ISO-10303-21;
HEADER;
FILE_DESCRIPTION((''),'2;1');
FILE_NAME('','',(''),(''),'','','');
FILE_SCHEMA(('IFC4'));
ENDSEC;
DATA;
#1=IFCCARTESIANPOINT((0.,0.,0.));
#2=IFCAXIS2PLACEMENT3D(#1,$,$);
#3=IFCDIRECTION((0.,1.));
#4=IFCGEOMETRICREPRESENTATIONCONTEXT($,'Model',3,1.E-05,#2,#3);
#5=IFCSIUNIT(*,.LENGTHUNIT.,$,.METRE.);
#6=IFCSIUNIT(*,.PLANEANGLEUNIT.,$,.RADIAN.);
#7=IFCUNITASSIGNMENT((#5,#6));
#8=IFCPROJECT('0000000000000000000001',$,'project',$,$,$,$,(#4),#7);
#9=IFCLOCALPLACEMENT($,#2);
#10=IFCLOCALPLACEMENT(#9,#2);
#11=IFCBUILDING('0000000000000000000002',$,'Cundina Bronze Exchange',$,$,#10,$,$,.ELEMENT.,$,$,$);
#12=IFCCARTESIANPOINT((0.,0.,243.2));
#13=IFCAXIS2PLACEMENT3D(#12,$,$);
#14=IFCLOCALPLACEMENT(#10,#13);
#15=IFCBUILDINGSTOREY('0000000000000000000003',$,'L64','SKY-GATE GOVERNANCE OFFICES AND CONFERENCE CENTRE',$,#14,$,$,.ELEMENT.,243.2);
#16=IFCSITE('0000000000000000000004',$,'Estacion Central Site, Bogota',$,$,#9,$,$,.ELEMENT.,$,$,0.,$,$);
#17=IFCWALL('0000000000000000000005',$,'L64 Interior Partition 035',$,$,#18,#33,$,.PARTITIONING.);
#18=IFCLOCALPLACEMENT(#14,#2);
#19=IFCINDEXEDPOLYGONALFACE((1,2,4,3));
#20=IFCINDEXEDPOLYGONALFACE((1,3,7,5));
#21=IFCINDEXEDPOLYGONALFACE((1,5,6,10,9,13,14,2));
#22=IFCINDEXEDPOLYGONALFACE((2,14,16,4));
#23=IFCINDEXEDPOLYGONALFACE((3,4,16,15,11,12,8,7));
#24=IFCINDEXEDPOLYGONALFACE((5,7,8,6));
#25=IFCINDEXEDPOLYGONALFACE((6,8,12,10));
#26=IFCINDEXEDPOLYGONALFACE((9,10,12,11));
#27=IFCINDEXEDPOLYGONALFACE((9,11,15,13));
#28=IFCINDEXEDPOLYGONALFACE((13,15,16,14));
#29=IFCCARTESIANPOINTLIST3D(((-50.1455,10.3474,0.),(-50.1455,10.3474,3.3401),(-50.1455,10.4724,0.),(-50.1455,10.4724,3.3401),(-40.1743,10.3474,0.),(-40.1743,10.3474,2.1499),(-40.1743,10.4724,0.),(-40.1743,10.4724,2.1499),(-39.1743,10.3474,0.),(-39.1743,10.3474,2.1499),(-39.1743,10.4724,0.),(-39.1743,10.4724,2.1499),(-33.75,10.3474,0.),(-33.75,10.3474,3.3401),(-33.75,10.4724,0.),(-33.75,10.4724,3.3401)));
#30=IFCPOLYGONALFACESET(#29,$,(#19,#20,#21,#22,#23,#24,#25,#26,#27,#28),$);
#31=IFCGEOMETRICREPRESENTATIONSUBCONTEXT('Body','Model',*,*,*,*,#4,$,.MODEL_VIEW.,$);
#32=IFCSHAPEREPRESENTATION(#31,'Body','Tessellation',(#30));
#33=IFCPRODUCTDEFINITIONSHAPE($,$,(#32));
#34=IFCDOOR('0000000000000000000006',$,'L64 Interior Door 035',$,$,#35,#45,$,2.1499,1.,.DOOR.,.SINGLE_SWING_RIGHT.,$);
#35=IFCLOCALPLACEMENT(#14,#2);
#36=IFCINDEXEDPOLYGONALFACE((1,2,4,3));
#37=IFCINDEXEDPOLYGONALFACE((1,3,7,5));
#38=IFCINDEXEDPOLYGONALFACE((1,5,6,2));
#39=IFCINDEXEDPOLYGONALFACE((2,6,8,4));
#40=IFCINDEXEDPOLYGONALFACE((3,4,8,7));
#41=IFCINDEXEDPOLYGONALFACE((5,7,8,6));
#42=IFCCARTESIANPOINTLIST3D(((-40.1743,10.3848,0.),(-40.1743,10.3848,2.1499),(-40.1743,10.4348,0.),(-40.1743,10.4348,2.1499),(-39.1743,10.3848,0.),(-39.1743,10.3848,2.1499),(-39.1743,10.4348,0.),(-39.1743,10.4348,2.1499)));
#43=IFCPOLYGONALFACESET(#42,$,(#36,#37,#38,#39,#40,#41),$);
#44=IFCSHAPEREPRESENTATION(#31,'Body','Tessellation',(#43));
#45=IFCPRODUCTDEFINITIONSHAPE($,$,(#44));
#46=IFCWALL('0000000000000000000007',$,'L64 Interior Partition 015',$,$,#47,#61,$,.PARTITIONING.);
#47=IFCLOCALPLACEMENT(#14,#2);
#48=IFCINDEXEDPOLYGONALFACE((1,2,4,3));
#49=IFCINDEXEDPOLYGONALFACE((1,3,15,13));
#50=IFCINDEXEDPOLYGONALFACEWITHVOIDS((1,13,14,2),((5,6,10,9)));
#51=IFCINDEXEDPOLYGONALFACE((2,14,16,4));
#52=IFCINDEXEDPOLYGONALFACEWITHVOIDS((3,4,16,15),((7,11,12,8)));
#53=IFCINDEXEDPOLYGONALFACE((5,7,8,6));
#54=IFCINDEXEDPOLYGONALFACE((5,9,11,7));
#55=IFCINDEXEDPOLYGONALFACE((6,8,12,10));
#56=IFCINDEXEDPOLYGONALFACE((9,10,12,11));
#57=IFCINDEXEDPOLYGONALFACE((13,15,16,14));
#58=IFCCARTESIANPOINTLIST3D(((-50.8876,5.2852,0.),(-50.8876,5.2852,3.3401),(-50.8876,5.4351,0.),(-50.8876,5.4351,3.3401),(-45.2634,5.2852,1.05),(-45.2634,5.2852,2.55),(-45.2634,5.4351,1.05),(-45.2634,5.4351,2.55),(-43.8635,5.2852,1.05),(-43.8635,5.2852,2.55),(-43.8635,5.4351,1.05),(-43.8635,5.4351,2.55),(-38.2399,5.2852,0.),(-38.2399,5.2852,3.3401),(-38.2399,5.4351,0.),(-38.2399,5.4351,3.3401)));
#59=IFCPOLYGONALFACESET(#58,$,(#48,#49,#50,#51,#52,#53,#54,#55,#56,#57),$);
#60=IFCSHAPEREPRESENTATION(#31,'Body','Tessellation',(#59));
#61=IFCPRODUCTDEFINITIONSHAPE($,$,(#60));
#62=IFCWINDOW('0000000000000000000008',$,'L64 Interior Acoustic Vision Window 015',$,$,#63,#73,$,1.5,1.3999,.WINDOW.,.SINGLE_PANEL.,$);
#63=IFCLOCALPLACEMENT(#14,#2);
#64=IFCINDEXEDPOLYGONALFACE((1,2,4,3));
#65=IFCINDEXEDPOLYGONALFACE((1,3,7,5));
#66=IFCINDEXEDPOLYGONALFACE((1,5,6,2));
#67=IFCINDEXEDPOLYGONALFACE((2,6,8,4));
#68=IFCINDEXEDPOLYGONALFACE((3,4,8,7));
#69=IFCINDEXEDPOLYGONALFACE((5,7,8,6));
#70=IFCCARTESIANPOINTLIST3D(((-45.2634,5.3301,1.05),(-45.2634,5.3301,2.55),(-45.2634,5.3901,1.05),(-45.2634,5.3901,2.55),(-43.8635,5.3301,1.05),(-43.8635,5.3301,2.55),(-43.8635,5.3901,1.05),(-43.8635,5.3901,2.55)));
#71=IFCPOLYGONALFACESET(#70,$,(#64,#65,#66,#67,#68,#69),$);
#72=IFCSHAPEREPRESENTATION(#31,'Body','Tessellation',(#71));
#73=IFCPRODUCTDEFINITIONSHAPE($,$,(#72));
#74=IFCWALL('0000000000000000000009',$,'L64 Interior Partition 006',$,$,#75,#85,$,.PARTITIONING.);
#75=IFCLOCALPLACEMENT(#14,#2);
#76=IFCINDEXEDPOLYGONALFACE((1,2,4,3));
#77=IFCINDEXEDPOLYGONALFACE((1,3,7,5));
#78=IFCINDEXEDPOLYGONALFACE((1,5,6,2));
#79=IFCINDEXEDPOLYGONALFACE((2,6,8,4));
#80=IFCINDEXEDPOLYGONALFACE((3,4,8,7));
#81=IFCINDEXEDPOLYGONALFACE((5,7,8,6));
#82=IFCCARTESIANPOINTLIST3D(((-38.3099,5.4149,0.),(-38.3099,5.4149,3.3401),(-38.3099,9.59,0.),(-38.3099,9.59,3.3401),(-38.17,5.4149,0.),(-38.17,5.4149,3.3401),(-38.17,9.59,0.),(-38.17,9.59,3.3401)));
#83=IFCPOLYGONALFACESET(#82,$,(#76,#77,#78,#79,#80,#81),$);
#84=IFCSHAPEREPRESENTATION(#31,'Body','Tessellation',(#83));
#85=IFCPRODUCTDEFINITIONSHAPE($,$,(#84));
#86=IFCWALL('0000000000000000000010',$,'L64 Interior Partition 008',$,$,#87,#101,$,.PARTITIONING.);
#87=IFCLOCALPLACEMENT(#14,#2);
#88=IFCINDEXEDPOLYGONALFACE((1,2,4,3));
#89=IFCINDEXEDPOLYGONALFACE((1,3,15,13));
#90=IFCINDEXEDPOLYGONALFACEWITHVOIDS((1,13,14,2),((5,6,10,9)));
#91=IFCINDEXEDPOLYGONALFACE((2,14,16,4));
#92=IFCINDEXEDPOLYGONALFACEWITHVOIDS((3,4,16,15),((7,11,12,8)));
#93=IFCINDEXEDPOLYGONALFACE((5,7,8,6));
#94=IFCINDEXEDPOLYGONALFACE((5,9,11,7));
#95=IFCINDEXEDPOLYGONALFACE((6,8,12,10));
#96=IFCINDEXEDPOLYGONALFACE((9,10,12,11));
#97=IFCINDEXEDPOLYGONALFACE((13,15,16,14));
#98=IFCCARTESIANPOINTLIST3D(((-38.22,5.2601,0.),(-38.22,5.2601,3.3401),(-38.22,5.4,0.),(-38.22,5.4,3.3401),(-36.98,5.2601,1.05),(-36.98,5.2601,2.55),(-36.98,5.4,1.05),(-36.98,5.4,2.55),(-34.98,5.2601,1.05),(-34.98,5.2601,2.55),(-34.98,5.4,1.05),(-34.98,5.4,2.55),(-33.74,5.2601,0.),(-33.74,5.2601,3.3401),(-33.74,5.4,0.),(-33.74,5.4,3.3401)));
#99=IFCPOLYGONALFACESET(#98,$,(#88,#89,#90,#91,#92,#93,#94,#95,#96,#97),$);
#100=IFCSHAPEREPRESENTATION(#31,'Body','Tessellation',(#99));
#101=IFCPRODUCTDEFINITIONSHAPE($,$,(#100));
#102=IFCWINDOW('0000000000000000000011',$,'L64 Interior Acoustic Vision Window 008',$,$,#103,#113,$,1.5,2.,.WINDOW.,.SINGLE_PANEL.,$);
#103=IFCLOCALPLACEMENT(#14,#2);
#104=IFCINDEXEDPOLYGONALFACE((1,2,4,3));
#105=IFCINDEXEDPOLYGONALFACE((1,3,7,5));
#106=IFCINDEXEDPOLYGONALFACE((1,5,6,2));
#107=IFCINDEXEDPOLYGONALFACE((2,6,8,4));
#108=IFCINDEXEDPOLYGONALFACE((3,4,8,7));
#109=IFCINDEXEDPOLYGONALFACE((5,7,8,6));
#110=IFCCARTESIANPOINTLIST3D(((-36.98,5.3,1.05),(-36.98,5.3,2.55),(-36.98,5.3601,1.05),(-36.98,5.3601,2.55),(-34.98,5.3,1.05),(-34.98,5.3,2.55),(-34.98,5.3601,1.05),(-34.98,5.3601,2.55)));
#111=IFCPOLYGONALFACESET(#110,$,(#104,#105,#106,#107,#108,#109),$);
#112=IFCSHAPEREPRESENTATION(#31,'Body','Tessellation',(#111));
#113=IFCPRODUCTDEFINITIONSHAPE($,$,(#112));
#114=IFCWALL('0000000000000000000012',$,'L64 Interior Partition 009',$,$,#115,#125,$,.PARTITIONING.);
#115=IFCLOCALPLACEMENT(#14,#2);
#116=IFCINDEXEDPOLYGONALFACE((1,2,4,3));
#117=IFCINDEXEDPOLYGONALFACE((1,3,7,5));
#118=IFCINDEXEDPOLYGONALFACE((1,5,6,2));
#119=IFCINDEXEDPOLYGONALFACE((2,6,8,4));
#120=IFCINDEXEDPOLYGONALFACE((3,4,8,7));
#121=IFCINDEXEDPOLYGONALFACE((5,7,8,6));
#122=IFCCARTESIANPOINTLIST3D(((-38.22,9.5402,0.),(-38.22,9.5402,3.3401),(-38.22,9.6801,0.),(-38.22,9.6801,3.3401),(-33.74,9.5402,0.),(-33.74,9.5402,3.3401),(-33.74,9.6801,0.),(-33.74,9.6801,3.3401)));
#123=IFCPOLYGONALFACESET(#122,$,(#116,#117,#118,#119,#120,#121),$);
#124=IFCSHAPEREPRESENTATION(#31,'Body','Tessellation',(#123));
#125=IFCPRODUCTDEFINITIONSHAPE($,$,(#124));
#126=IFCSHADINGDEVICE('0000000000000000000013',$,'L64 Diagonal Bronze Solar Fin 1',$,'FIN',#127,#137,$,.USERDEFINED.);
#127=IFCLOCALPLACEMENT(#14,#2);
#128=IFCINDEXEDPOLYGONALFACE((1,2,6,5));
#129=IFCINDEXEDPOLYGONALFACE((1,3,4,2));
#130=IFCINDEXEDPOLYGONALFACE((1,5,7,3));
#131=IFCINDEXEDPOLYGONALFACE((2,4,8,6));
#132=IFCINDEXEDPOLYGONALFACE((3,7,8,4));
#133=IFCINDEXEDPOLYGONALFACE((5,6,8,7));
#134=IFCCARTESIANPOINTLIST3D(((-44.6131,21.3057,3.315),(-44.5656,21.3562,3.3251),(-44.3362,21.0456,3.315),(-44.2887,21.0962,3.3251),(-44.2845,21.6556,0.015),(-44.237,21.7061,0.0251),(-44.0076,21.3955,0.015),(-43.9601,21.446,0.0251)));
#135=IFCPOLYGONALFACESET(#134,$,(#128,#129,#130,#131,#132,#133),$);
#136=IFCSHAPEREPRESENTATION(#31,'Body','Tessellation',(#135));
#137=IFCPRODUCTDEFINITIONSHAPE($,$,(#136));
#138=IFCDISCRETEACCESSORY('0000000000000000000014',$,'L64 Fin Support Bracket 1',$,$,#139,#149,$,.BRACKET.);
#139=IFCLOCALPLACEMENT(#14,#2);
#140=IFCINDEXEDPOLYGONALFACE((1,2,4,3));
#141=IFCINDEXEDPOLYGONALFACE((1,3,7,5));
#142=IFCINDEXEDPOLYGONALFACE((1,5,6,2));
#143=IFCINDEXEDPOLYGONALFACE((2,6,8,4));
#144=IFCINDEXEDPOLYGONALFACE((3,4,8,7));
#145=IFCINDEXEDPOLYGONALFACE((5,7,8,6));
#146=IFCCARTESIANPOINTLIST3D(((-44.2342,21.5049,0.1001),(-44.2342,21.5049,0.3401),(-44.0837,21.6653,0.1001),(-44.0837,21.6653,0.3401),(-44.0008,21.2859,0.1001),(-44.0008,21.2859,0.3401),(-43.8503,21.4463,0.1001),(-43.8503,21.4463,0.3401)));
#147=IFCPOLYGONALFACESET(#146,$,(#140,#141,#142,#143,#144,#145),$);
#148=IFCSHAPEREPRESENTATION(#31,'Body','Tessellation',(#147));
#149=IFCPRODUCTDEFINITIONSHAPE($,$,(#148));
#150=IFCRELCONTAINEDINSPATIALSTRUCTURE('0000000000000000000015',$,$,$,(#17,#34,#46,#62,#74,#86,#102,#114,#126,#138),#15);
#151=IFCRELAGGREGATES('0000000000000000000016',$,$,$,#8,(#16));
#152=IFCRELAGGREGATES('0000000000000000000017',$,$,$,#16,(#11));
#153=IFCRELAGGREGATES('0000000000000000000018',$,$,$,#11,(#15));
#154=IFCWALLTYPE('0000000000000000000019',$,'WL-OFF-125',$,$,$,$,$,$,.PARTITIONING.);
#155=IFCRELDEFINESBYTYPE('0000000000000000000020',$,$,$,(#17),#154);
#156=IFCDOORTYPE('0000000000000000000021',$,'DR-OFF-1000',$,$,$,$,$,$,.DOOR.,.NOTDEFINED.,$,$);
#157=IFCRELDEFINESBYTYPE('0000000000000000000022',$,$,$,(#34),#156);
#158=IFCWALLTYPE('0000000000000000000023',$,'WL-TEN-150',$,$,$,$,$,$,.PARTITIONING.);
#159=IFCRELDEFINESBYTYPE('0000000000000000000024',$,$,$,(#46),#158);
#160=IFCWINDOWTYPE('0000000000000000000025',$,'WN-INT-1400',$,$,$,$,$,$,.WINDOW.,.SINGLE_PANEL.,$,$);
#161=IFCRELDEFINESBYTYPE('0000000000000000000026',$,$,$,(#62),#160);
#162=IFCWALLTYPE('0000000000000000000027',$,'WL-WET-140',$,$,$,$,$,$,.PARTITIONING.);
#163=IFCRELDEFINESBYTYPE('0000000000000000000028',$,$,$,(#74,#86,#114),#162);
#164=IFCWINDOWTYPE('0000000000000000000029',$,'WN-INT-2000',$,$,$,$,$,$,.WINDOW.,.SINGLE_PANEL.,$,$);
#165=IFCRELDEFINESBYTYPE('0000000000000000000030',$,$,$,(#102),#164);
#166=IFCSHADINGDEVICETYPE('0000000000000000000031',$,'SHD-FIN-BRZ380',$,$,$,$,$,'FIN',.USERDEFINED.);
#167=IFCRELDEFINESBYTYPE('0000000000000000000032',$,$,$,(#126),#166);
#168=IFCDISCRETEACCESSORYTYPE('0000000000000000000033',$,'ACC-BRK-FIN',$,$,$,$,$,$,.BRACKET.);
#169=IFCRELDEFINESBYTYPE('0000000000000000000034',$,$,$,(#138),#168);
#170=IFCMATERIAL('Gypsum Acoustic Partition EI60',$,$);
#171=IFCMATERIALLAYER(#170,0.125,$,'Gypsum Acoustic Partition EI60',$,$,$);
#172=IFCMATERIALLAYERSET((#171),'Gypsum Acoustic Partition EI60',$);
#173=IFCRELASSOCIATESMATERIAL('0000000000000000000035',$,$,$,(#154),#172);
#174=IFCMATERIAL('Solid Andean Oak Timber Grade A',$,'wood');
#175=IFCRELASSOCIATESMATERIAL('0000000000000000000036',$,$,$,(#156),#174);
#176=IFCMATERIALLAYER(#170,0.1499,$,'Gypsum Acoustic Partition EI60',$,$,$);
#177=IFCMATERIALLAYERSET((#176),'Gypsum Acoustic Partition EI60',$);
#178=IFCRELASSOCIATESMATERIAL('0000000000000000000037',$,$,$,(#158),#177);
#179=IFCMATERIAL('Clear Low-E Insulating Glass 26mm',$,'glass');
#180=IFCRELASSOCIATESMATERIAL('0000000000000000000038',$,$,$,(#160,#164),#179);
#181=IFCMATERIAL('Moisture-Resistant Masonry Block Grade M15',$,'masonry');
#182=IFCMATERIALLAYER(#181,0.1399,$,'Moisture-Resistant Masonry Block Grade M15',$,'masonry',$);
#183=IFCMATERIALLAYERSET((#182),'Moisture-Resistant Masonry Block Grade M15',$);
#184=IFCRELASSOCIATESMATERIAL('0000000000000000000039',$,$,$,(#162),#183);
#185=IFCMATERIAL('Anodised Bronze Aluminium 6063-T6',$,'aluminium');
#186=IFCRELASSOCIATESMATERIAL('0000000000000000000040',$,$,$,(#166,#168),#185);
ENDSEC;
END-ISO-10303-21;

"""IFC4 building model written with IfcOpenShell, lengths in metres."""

from ifc_helpers import new_model, si_unit, direction, frame, frame_2d, origin, origin_2d, place, context, subcontext, project, spatial, rectangle, extrude, material, layer, layer_set, material_profile, profile_set, type_object, element, fill, save


model = new_model("IFC4")

# Units and contexts
model_context = context("Model", 3, precision=1e-05, world=origin(), true_north=direction((0.0, 1.0)))
body_context = subcontext(model_context, "Body", "Model", "MODEL_VIEW")
ifc_project = project(units=[si_unit("LENGTHUNIT", "METRE"), si_unit("PLANEANGLEUNIT", "RADIAN")], contexts=[model_context])

# Site, building, storey
site_placement = place(None, origin())
site = spatial("IfcSite", under=ifc_project, at=site_placement, Name="Estacion Central Site, Bogota", CompositionType="ELEMENT", RefElevation=0.0)
building_placement = place(site_placement, origin())
building = spatial("IfcBuilding", under=site, at=building_placement, Name="Cundina Bronze Exchange", CompositionType="ELEMENT")
storey_placement = place(building_placement, frame((0.0, 0.0, 243.2)))
storey = spatial("IfcBuildingStorey", under=building, at=storey_placement, Name="L64", Description="SKY-GATE GOVERNANCE OFFICES AND CONFERENCE CENTRE", CompositionType="ELEMENT", Elevation=243.2)

# Shared definitions
ifc_material_1 = material(Name="Anodised Bronze Aluminium 6063-T6", Category="aluminium")

# Wall, opening, door
ifc_material_2 = material(Name="Gypsum Acoustic Partition EI60")
ifc_layer_1 = layer(ifc_material_2, 0.125, Name="Gypsum Acoustic Partition EI60")
ifc_layer_set_1 = layer_set([ifc_layer_1], Name="Gypsum Acoustic Partition EI60")
wall_type_1 = type_object("IfcWallType", Name="WL-OFF-125", PredefinedType="PARTITIONING", material=ifc_layer_set_1)
wall_1_placement = place(storey_placement, frame((-50.1455, 10.4099, 0.0), z_axis=(0.0, 0.0, 1.0), x_axis=(1.0, 0.0, 0.0)))
wall_1 = element("IfcWall", 1, at=wall_1_placement, inside=storey, type_object=wall_type_1, Name="L64 Interior Partition 035", PredefinedType="PARTITIONING", context=body_context, shape_type="SweptSolid", body=[
    extrude(rectangle(XDim=16.3955, YDim=0.125, at=frame_2d((8.1978, 0.0))), origin(), (0.0, 0.0, 1.0), 3.3401),
])
opening_1_placement = place(wall_1_placement, frame((9.9712, 0.0, 0.0)))
opening_1 = element("IfcOpeningElement", 2, at=opening_1_placement, cuts=wall_1, PredefinedType="OPENING", context=body_context, shape_type="SweptSolid", body=[
    extrude(rectangle(XDim=1.0, YDim=2.1499, at=frame_2d((0.5, 1.075))), frame((0.0, 0.0725, 0.0), z_axis=(0.0, -1.0, 0.0), x_axis=(1.0, 0.0, 0.0)), (0.0, 0.0, 1.0), 0.145),
])
ifc_material_3 = material(Name="Solid Andean Oak Timber Grade A", Category="wood")
door_type = type_object("IfcDoorType", Name="DR-OFF-1000", OperationType="NOTDEFINED", PredefinedType="DOOR", material=ifc_material_3)
door_placement = place(opening_1_placement, origin())
door = element("IfcDoor", 3, at=door_placement, inside=storey, type_object=door_type, Name="L64 Interior Door 035", OperationType="SINGLE_SWING_RIGHT", OverallHeight=2.1499, OverallWidth=1.0, PredefinedType="DOOR", context=body_context, shape_type="SweptSolid", body=[
    extrude(rectangle(XDim=1.0, YDim=2.1499, at=frame_2d((0.5, 1.075))), frame((0.0, 0.0249, 0.0), z_axis=(0.0, -1.0, 0.0), x_axis=(1.0, 0.0, 0.0)), (0.0, 0.0, 1.0), 0.05),
])
fill(opening_1, door)

# Wall, opening, window
ifc_layer_2 = layer(ifc_material_2, 0.1499, Name="Gypsum Acoustic Partition EI60")
ifc_layer_set_2 = layer_set([ifc_layer_2], Name="Gypsum Acoustic Partition EI60")
wall_type_2 = type_object("IfcWallType", Name="WL-TEN-150", PredefinedType="PARTITIONING", material=ifc_layer_set_2)
wall_2_placement = place(storey_placement, frame((-50.8875, 5.3601, 0.0), z_axis=(0.0, 0.0, 1.0), x_axis=(1.0, 0.0, 0.0)))
wall_2 = element("IfcWall", 4, at=wall_2_placement, inside=storey, type_object=wall_type_2, Name="L64 Interior Partition 015", PredefinedType="PARTITIONING", context=body_context, shape_type="SweptSolid", body=[
    extrude(rectangle(XDim=12.6477, YDim=0.1499, at=frame_2d((6.3237, 0.0))), origin(), (0.0, 0.0, 1.0), 3.3401),
])
opening_2_placement = place(wall_2_placement, frame((5.624, 0.0, 1.05)))
opening_2 = element("IfcOpeningElement", 5, at=opening_2_placement, cuts=wall_2, PredefinedType="OPENING", context=body_context, shape_type="SweptSolid", body=[
    extrude(rectangle(XDim=1.3999, YDim=1.5, at=frame_2d((0.7, 0.75))), frame((0.0, 0.085, 0.0), z_axis=(0.0, -1.0, 0.0), x_axis=(1.0, 0.0, 0.0)), (0.0, 0.0, 1.0), 0.1699),
])
ifc_material_4 = material(Name="Clear Low-E Insulating Glass 26mm", Category="glass")
window_type_1 = type_object("IfcWindowType", Name="WN-INT-1400", PartitioningType="SINGLE_PANEL", PredefinedType="WINDOW", material=ifc_material_4)
window_1_placement = place(opening_2_placement, origin())
window_1 = element("IfcWindow", 6, at=window_1_placement, inside=storey, type_object=window_type_1, Name="L64 Interior Acoustic Vision Window 015", OverallHeight=1.5, OverallWidth=1.3999, PartitioningType="SINGLE_PANEL", PredefinedType="WINDOW", context=body_context, shape_type="SweptSolid", body=[
    extrude(rectangle(XDim=1.3999, YDim=1.5, at=frame_2d((0.7, 0.75))), frame((0.0, 0.03, 0.0), z_axis=(0.0, -1.0, 0.0), x_axis=(1.0, 0.0, 0.0)), (0.0, 0.0, 1.0), 0.0601),
])
fill(opening_2, window_1)

# Wall
ifc_material_5 = material(Name="Moisture-Resistant Masonry Block Grade M15", Category="masonry")
ifc_layer_3 = layer(ifc_material_5, 0.1399, Name="Moisture-Resistant Masonry Block Grade M15", Category="masonry")
ifc_layer_set_3 = layer_set([ifc_layer_3], Name="Moisture-Resistant Masonry Block Grade M15")
wall_type_3 = type_object("IfcWallType", Name="WL-WET-140", PredefinedType="PARTITIONING", material=ifc_layer_set_3)
wall_3_placement = place(storey_placement, frame((-38.24, 5.415, 0.0), z_axis=(0.0, 0.0, 1.0), x_axis=(0.0, 1.0, 0.0)))
element("IfcWall", 7, at=wall_3_placement, inside=storey, type_object=wall_type_3, Name="L64 Interior Partition 006", PredefinedType="PARTITIONING", context=body_context, shape_type="SweptSolid", body=[
    extrude(rectangle(XDim=4.175, YDim=0.1399, at=frame_2d((2.0874, 0.0))), origin(), (0.0, 0.0, 1.0), 3.3401),
])

# Wall, opening, window
wall_4_placement = place(storey_placement, frame((-38.22, 5.3301, 0.0), z_axis=(0.0, 0.0, 1.0), x_axis=(1.0, 0.0, 0.0)))
wall_4 = element("IfcWall", 8, at=wall_4_placement, inside=storey, type_object=wall_type_3, Name="L64 Interior Partition 008", PredefinedType="PARTITIONING", context=body_context, shape_type="SweptSolid", body=[
    extrude(rectangle(XDim=4.48, YDim=0.1399, at=frame_2d((2.24, 0.0))), origin(), (0.0, 0.0, 1.0), 3.3401),
])
opening_3_placement = place(wall_4_placement, frame((1.24, 0.0, 1.05)))
opening_3 = element("IfcOpeningElement", 9, at=opening_3_placement, cuts=wall_4, PredefinedType="OPENING", context=body_context, shape_type="SweptSolid", body=[
    extrude(rectangle(XDim=2.0, YDim=1.5, at=frame_2d((1.0, 0.75))), frame((0.0, 0.0798, 0.0), z_axis=(0.0, -1.0, 0.0), x_axis=(1.0, 0.0, 0.0)), (0.0, 0.0, 1.0), 0.1599),
])
window_type_2 = type_object("IfcWindowType", Name="WN-INT-2000", PartitioningType="SINGLE_PANEL", PredefinedType="WINDOW", material=ifc_material_4)
window_2_placement = place(opening_3_placement, origin())
window_2 = element("IfcWindow", 10, at=window_2_placement, inside=storey, type_object=window_type_2, Name="L64 Interior Acoustic Vision Window 008", OverallHeight=1.5, OverallWidth=2.0, PartitioningType="SINGLE_PANEL", PredefinedType="WINDOW", context=body_context, shape_type="SweptSolid", body=[
    extrude(rectangle(XDim=2.0, YDim=1.5, at=frame_2d((1.0, 0.75))), frame((0.0, 0.03, 0.0), z_axis=(0.0, -1.0, 0.0), x_axis=(1.0, 0.0, 0.0)), (0.0, 0.0, 1.0), 0.0601),
])
fill(opening_3, window_2)

# Wall
wall_5_placement = place(storey_placement, frame((-38.22, 9.6101, 0.0), z_axis=(0.0, 0.0, 1.0), x_axis=(1.0, 0.0, 0.0)))
element("IfcWall", 11, at=wall_5_placement, inside=storey, type_object=wall_type_3, Name="L64 Interior Partition 009", PredefinedType="PARTITIONING", context=body_context, shape_type="SweptSolid", body=[
    extrude(rectangle(XDim=4.48, YDim=0.1399, at=frame_2d((2.24, 0.0))), origin(), (0.0, 0.0, 1.0), 3.3401),
])

# Shading device
ifc_material_profile_1 = material_profile(ifc_material_1, rectangle(XDim=0.0701, YDim=0.3799, at=origin_2d()), Name="FIN70X380", Category="aluminium")
ifc_profile_set_1 = profile_set([ifc_material_profile_1], Name="Anodised Bronze Aluminium 6063-T6")
shading_device_type = type_object("IfcShadingDeviceType", Name="SHD-FIN-BRZ380", ElementType="FIN", PredefinedType="USERDEFINED", material=ifc_profile_set_1)
shading_device_placement = place(storey_placement, frame((-44.1223, 21.5508, 0.02), z_axis=(-0.098541, -0.104911, 0.989587), x_axis=(0.677506, 0.721297, 0.143933)))
element("IfcShadingDevice", 12, at=shading_device_placement, inside=storey, type_object=shading_device_type, Name="L64 Diagonal Bronze Solar Fin 1", ObjectType="FIN", PredefinedType="USERDEFINED", context=body_context, shape_type="SweptSolid", body=[
    extrude(rectangle(XDim=0.0701, YDim=0.3799, at=origin_2d()), origin(), (0.0, 0.0, 1.0), 3.3347),
])

# Discrete accessory
discrete_accessory_type = type_object("IfcDiscreteAccessoryType", Name="ACC-BRK-FIN", PredefinedType="BRACKET", material=ifc_material_1)
discrete_accessory_placement = place(storey_placement, frame((-44.0422, 21.4756, 0.1001), z_axis=(0.0, 0.0, 1.0), x_axis=(-0.684344, -0.72916, 0.0)))
element("IfcDiscreteAccessory", 13, at=discrete_accessory_placement, inside=storey, type_object=discrete_accessory_type, Name="L64 Fin Support Bracket 1", PredefinedType="BRACKET", context=body_context, shape_type="SweptSolid", body=[
    extrude(rectangle(XDim=0.22, YDim=0.3201, at=origin_2d()), origin(), (0.0, 0.0, 1.0), 0.24),
])

save(model, "model.ifc")
